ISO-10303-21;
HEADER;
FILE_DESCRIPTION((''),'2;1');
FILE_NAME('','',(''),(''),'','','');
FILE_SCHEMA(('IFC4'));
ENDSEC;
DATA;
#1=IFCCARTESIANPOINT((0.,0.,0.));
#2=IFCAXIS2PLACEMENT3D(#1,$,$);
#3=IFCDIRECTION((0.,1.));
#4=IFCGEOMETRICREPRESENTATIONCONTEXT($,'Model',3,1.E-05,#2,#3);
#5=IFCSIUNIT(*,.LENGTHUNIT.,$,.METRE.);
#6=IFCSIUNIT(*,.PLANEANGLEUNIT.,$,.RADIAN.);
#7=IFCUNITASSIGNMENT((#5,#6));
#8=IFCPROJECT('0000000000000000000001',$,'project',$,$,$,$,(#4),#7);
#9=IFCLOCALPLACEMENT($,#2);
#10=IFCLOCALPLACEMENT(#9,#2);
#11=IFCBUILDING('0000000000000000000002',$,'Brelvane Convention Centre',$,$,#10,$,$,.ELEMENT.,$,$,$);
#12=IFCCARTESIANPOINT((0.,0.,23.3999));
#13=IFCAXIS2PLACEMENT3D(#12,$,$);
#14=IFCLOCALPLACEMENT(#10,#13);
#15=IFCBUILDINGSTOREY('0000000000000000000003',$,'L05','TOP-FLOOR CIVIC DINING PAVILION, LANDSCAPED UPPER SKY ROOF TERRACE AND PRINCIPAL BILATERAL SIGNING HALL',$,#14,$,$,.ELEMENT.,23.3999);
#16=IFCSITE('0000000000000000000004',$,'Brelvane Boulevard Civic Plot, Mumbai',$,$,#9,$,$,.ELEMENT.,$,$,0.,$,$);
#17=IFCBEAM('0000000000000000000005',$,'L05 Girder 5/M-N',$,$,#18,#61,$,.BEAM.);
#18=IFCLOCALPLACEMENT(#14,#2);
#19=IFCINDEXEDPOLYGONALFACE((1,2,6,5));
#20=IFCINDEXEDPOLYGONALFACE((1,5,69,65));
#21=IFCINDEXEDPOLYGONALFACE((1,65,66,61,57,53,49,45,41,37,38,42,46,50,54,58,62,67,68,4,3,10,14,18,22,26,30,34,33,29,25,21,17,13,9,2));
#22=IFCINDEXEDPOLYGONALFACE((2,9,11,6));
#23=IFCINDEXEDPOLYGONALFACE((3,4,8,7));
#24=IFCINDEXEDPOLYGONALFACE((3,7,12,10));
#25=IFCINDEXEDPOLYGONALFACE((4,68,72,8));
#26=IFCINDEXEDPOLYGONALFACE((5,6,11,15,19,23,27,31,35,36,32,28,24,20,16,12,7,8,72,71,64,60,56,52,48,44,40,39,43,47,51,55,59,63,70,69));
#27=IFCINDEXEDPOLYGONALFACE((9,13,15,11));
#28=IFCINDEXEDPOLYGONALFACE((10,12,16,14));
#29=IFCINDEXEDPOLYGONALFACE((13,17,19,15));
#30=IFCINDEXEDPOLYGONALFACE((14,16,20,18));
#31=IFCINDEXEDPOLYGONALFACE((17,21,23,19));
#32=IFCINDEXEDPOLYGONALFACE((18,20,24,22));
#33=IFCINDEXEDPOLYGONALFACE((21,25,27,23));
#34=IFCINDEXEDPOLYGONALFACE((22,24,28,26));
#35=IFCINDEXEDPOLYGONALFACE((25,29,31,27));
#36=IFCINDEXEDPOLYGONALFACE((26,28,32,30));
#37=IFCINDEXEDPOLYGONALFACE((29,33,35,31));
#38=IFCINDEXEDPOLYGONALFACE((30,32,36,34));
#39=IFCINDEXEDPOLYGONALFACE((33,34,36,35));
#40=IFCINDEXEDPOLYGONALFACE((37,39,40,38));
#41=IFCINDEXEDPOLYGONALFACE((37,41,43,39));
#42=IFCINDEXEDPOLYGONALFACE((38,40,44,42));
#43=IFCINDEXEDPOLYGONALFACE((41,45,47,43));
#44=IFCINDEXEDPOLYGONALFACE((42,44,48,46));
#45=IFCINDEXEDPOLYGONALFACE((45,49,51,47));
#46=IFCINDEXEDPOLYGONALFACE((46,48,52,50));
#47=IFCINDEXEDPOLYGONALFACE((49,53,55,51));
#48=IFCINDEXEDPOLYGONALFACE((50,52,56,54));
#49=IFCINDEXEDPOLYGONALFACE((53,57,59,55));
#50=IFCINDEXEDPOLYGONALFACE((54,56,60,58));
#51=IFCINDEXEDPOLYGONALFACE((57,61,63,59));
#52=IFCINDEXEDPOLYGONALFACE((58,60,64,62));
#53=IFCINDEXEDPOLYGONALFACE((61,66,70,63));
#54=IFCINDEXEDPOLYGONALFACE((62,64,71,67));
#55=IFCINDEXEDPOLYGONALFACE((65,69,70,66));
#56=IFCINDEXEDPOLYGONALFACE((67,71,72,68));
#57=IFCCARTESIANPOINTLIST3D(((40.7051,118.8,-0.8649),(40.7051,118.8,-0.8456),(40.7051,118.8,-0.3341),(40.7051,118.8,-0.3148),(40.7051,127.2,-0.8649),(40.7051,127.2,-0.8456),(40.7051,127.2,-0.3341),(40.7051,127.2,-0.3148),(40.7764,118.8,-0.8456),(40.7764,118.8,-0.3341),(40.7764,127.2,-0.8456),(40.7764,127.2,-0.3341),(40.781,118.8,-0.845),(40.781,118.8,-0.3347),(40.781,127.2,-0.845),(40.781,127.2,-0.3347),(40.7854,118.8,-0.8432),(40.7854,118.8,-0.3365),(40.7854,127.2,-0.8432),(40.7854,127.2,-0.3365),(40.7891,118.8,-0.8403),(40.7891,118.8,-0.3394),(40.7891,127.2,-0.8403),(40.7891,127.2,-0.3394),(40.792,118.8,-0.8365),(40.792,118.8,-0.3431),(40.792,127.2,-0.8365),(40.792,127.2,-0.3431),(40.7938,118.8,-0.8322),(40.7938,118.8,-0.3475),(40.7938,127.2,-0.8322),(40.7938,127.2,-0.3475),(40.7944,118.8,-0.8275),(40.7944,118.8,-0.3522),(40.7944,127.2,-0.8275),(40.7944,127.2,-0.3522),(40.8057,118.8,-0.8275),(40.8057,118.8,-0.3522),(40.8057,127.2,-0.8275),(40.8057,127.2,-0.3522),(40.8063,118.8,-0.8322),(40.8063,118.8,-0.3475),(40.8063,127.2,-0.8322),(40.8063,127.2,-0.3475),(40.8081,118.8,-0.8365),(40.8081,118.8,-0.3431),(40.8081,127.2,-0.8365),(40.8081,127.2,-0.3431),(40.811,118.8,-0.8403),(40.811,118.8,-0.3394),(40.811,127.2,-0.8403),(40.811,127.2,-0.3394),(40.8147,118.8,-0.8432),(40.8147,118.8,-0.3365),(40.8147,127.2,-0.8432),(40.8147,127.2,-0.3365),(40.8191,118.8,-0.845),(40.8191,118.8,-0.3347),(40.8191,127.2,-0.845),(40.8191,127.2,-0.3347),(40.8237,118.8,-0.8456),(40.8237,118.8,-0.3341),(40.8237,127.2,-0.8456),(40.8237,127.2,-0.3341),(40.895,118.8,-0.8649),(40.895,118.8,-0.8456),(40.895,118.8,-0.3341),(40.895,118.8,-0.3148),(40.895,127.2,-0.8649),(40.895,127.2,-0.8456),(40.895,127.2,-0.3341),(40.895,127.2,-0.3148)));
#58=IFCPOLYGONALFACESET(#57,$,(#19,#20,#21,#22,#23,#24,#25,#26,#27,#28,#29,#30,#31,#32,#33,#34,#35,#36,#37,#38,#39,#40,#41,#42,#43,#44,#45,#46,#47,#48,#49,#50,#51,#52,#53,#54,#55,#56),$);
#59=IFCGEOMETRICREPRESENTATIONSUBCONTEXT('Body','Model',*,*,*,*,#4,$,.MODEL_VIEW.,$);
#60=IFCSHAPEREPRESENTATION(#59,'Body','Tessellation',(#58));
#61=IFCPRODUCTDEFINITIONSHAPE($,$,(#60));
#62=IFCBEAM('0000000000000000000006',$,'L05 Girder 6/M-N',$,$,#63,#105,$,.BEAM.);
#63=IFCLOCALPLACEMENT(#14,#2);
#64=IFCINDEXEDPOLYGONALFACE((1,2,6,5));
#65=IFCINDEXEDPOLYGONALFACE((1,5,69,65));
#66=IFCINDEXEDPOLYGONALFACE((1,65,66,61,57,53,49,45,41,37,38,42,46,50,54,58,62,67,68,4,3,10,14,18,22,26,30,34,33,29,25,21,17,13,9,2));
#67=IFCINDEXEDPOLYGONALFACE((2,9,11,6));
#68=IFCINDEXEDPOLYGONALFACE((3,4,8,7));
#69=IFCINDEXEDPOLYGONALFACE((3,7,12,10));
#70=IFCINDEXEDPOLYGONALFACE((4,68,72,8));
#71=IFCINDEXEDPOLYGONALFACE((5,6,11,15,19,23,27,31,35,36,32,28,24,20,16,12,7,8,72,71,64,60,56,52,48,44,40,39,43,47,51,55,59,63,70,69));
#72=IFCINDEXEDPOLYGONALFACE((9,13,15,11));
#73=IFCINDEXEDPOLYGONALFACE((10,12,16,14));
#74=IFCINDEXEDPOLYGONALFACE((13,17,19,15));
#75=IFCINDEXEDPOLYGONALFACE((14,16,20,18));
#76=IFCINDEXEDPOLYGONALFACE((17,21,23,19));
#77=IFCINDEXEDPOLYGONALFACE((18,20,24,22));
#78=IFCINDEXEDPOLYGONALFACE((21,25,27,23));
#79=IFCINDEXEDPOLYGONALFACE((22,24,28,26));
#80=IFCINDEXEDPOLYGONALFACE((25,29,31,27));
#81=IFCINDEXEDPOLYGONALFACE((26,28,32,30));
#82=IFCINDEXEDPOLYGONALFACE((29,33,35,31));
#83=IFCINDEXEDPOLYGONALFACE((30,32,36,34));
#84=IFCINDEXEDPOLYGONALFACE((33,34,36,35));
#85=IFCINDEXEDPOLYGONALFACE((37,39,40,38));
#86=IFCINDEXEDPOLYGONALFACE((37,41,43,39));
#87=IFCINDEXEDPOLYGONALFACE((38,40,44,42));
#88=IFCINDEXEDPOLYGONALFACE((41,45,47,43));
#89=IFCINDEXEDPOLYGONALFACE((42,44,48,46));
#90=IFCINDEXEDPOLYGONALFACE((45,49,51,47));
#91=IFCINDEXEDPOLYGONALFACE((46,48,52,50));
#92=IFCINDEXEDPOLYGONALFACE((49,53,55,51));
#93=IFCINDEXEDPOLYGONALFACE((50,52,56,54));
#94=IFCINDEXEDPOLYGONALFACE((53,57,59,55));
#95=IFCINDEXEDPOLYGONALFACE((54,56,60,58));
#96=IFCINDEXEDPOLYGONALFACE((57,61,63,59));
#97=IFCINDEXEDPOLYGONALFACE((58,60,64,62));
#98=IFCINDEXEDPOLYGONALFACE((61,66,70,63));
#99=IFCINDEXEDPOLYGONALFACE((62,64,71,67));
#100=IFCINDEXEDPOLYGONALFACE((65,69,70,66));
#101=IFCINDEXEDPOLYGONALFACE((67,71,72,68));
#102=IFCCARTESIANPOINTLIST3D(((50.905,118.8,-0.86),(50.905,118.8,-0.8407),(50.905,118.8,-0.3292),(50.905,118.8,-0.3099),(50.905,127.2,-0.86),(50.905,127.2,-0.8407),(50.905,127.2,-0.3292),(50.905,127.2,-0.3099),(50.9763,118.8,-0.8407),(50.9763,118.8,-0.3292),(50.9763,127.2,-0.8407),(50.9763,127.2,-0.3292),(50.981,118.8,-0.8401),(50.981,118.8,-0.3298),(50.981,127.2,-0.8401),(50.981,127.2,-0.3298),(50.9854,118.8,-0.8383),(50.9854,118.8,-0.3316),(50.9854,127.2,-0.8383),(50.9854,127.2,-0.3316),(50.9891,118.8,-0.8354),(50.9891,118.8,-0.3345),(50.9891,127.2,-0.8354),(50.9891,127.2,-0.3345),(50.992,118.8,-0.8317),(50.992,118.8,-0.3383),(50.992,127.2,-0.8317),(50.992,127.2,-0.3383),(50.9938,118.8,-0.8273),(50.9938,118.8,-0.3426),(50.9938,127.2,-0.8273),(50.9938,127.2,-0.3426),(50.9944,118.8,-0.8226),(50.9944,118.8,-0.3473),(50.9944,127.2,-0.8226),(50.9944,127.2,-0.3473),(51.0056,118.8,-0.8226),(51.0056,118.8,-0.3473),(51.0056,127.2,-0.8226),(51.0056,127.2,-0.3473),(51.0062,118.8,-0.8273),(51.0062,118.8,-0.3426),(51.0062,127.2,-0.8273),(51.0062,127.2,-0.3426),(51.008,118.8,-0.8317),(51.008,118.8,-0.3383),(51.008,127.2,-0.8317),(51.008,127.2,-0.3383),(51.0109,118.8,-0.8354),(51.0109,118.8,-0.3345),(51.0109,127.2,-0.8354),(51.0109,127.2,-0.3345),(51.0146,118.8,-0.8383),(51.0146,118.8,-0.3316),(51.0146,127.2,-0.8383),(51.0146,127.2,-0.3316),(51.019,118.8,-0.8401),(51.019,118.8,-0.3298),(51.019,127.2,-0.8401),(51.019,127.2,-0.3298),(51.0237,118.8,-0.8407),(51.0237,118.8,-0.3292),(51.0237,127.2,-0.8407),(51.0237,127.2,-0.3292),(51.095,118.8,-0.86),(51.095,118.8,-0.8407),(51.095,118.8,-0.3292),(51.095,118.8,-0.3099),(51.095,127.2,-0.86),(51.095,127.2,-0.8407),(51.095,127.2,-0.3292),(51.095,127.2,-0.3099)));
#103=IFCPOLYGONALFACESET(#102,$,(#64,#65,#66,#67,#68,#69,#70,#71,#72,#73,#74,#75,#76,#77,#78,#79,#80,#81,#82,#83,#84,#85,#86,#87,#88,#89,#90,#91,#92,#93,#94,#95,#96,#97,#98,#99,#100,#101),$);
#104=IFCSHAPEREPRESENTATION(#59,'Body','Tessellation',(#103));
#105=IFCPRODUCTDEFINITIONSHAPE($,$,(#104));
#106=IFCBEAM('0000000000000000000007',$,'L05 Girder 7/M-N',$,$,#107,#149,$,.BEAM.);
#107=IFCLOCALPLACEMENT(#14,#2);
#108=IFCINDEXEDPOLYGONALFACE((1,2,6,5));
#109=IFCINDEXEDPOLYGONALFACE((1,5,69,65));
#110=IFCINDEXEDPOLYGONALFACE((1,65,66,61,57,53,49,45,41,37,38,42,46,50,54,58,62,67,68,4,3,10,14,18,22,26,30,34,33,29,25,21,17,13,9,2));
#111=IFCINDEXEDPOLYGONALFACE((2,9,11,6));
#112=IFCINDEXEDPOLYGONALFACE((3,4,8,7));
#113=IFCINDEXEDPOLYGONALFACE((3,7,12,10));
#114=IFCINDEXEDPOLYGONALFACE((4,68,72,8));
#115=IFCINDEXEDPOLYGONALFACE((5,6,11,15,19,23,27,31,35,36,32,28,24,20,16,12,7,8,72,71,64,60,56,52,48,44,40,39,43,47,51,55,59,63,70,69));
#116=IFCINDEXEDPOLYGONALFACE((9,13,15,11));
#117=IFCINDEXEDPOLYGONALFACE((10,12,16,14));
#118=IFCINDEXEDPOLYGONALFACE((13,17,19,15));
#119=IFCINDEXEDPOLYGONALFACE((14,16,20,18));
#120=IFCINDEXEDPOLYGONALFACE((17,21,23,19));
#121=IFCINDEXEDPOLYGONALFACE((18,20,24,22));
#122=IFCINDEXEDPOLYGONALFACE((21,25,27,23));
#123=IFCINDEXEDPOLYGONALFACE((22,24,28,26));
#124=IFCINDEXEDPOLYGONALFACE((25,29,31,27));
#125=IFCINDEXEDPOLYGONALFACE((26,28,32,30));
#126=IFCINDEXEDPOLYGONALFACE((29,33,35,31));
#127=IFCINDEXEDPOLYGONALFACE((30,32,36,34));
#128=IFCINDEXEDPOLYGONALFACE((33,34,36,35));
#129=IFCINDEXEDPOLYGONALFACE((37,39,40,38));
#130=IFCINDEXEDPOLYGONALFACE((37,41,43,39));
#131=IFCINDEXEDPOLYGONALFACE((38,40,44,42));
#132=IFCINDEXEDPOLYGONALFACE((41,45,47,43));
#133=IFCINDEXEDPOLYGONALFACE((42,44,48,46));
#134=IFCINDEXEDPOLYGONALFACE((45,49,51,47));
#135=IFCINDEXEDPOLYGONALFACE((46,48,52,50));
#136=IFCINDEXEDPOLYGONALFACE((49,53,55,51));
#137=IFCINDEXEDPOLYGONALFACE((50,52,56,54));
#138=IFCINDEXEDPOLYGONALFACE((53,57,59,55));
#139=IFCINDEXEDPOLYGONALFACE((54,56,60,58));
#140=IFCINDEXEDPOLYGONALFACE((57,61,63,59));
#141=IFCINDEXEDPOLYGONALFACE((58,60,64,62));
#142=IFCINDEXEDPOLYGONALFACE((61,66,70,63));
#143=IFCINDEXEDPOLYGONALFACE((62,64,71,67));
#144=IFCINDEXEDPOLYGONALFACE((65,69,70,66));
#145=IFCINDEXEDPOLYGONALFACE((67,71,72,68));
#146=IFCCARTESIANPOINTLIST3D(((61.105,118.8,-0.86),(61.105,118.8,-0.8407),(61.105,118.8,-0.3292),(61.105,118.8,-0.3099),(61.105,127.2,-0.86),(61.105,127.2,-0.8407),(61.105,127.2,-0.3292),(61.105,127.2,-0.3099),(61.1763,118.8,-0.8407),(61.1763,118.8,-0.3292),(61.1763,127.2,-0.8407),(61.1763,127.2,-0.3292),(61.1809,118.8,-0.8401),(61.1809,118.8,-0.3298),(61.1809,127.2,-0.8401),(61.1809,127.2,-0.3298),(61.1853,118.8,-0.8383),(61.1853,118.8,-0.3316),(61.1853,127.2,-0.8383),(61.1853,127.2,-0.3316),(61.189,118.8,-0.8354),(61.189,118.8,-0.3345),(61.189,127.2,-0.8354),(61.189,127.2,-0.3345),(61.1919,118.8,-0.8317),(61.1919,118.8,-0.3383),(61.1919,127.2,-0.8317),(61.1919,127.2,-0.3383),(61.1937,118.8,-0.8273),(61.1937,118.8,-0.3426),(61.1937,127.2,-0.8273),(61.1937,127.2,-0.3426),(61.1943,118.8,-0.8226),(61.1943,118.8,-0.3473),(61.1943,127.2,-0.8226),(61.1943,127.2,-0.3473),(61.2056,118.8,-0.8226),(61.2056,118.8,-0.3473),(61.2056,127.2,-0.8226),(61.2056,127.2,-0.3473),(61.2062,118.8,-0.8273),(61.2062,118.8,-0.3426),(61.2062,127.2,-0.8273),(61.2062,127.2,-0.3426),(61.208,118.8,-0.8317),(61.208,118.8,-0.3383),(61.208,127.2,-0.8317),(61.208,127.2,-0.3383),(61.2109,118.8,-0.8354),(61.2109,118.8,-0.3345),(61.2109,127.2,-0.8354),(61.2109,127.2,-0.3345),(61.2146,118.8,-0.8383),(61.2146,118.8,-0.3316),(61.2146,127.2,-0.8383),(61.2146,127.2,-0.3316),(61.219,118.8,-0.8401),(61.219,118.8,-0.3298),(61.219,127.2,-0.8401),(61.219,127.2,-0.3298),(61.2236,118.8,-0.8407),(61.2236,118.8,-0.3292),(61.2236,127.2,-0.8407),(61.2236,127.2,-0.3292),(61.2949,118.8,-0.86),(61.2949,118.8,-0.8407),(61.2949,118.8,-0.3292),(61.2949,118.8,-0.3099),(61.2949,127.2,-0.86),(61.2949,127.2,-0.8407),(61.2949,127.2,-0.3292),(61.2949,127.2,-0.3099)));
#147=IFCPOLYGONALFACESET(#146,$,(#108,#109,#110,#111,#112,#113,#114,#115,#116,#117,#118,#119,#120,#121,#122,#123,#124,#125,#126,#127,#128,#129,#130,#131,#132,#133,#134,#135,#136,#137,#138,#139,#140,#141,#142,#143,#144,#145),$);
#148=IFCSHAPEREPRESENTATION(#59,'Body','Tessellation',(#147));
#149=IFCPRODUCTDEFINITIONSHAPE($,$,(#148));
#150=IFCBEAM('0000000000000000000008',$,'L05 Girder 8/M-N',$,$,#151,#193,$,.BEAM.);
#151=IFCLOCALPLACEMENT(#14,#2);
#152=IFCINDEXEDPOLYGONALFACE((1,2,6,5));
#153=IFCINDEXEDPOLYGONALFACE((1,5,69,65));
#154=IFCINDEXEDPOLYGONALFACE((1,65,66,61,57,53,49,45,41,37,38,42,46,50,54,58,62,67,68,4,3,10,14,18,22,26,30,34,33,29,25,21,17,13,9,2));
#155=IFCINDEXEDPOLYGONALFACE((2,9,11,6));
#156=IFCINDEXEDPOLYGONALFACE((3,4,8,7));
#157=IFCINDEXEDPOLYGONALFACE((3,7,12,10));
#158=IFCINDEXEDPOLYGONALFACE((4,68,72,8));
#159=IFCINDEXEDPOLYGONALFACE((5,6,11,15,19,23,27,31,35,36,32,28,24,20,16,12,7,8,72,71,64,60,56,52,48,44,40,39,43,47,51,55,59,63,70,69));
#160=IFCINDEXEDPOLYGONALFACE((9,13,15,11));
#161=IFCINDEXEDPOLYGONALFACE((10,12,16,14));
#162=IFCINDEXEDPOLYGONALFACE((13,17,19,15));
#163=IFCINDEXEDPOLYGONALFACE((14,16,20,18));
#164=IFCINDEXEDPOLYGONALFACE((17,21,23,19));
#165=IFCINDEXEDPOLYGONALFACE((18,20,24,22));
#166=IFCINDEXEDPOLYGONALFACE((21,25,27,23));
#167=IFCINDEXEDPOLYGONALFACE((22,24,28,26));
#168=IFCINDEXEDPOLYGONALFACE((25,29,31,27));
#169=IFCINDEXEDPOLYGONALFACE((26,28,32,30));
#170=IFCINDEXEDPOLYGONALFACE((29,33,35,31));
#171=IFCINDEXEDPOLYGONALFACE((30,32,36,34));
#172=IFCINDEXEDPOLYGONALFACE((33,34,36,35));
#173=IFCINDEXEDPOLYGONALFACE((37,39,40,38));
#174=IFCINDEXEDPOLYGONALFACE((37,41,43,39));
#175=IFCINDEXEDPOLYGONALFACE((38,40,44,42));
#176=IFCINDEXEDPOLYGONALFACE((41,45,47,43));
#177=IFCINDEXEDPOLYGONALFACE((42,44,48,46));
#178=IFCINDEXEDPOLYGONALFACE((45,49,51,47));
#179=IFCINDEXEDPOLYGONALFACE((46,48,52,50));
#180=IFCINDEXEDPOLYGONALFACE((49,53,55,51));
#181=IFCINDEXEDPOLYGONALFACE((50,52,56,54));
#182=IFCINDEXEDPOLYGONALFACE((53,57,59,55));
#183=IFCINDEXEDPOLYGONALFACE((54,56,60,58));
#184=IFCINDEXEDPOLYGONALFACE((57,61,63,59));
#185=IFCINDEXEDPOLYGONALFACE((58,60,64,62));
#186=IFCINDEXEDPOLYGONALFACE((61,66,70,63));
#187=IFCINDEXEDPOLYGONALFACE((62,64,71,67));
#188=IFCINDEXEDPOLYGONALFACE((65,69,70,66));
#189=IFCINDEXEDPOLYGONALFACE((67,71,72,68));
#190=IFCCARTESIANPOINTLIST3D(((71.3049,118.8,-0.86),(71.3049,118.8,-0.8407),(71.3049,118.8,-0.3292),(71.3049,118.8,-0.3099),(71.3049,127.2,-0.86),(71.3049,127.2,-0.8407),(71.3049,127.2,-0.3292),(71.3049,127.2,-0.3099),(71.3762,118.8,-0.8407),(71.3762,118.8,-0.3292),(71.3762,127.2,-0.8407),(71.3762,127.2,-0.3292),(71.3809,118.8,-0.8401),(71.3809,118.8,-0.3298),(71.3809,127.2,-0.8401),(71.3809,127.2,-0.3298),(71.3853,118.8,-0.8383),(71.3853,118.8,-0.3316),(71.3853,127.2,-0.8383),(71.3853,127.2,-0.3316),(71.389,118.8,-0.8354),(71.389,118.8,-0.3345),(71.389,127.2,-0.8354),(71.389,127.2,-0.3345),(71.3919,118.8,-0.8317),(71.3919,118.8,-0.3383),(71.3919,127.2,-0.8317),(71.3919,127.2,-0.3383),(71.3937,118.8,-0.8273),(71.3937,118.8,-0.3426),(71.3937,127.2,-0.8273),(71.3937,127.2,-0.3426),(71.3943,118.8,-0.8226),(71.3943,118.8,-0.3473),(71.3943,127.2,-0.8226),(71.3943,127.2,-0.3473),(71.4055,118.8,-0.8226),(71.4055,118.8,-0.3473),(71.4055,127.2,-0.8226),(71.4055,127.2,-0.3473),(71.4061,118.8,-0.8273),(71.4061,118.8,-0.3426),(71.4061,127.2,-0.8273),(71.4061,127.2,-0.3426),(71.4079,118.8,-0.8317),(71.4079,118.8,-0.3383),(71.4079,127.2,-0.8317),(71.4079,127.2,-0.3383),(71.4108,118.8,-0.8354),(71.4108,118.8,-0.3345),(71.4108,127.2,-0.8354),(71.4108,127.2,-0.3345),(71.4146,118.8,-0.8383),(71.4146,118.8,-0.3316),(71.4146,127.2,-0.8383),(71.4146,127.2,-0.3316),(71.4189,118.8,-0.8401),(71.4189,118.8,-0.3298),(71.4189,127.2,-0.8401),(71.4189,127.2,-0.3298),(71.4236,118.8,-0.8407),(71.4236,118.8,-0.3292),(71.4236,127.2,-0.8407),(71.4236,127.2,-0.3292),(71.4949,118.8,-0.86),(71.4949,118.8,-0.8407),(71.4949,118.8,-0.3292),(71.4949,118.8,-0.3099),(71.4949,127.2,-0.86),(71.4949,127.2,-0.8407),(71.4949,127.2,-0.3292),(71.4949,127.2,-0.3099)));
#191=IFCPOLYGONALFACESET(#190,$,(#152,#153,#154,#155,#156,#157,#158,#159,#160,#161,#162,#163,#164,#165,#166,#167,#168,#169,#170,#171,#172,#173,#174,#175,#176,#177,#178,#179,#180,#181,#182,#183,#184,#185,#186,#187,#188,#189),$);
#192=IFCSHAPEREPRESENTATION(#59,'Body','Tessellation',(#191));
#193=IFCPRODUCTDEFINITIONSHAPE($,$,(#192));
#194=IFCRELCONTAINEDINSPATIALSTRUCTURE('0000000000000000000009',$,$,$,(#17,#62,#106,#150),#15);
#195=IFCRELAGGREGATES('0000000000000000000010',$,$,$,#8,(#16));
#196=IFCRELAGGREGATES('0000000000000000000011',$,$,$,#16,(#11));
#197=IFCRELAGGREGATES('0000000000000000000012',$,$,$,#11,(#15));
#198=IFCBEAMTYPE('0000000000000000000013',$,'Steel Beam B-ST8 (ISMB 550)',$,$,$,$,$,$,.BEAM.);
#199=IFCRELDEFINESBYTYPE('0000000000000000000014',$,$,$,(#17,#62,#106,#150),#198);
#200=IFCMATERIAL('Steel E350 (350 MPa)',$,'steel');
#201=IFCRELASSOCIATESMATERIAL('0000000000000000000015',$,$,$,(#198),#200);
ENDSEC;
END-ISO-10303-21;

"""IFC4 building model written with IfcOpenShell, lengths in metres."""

from ifc_helpers import new_model, si_unit, direction, frame, origin, origin_2d, place, context, subcontext, project, spatial, i_section, extrude, material, material_profile, profile_set, type_object, element, save


model = new_model("IFC4")

# Units and contexts
model_context = context("Model", 3, precision=1e-05, world=origin(), true_north=direction((0.0, 1.0)))
body_context = subcontext(model_context, "Body", "Model", "MODEL_VIEW")
ifc_project = project(units=[si_unit("LENGTHUNIT", "METRE"), si_unit("PLANEANGLEUNIT", "RADIAN")], contexts=[model_context])

# Site, building, storey
site_placement = place(None, origin())
site = spatial("IfcSite", under=ifc_project, at=site_placement, Name="Brelvane Boulevard Civic Plot, Mumbai", CompositionType="ELEMENT", RefElevation=0.0)
building_placement = place(site_placement, origin())
building = spatial("IfcBuilding", under=site, at=building_placement, Name="Brelvane Convention Centre", CompositionType="ELEMENT")
storey_placement = place(building_placement, frame((0.0, 0.0, 23.3999)))
storey = spatial("IfcBuildingStorey", under=building, at=storey_placement, Name="L05", Description="TOP-FLOOR CIVIC DINING PAVILION, LANDSCAPED UPPER SKY ROOF TERRACE AND PRINCIPAL BILATERAL SIGNING HALL", CompositionType="ELEMENT", Elevation=23.3999)

# Beams
ifc_material_1 = material(Name="Steel E350 (350 MPa)", Category="steel")
ifc_material_profile_1 = material_profile(ifc_material_1, i_section(OverallWidth=0.1899, OverallDepth=0.55, WebThickness=0.0112, FlangeThickness=0.0193, FilletRadius=0.0181, at=origin_2d()), Name="ISMB 550")
ifc_profile_set_1 = profile_set([ifc_material_profile_1], Name="Steel E350 (350 MPa)")
beam_type_1 = type_object("IfcBeamType", Name="Steel Beam B-ST8 (ISMB 550)", PredefinedType="BEAM", material=ifc_profile_set_1)
for number, where, z_axis, x_axis, name in (
    (1, (40.8, 118.8, -0.5898), (0.0, 1.0, 0.0), (-1.0, 0.0, 0.0), "L05 Girder 5/M-N"),
    (2, (51.0, 118.8, -0.585), (0.0, 1.0, 0.0), (-1.0, 0.0, 0.0), "L05 Girder 6/M-N"),
    (3, (61.2, 118.8, -0.585), (0.0, 1.0, 0.0), (-1.0, 0.0, 0.0), "L05 Girder 7/M-N"),
    (4, (71.3999, 118.8, -0.585), (0.0, 1.0, 0.0), (-1.0, 0.0, 0.0), "L05 Girder 8/M-N"),
):
    element("IfcBeam", number, at=place(storey_placement, frame(where, z_axis=z_axis, x_axis=x_axis)), inside=storey, type_object=beam_type_1, Name=name, PredefinedType="BEAM", context=body_context, shape_type="SweptSolid", body=[
        extrude(i_section(OverallWidth=0.1899, OverallDepth=0.55, WebThickness=0.0112, FlangeThickness=0.0193, FilletRadius=0.0181, at=origin_2d()), origin(), (0.0, 0.0, 1.0), 8.3999),
    ])

save(model, "model.ifc")
